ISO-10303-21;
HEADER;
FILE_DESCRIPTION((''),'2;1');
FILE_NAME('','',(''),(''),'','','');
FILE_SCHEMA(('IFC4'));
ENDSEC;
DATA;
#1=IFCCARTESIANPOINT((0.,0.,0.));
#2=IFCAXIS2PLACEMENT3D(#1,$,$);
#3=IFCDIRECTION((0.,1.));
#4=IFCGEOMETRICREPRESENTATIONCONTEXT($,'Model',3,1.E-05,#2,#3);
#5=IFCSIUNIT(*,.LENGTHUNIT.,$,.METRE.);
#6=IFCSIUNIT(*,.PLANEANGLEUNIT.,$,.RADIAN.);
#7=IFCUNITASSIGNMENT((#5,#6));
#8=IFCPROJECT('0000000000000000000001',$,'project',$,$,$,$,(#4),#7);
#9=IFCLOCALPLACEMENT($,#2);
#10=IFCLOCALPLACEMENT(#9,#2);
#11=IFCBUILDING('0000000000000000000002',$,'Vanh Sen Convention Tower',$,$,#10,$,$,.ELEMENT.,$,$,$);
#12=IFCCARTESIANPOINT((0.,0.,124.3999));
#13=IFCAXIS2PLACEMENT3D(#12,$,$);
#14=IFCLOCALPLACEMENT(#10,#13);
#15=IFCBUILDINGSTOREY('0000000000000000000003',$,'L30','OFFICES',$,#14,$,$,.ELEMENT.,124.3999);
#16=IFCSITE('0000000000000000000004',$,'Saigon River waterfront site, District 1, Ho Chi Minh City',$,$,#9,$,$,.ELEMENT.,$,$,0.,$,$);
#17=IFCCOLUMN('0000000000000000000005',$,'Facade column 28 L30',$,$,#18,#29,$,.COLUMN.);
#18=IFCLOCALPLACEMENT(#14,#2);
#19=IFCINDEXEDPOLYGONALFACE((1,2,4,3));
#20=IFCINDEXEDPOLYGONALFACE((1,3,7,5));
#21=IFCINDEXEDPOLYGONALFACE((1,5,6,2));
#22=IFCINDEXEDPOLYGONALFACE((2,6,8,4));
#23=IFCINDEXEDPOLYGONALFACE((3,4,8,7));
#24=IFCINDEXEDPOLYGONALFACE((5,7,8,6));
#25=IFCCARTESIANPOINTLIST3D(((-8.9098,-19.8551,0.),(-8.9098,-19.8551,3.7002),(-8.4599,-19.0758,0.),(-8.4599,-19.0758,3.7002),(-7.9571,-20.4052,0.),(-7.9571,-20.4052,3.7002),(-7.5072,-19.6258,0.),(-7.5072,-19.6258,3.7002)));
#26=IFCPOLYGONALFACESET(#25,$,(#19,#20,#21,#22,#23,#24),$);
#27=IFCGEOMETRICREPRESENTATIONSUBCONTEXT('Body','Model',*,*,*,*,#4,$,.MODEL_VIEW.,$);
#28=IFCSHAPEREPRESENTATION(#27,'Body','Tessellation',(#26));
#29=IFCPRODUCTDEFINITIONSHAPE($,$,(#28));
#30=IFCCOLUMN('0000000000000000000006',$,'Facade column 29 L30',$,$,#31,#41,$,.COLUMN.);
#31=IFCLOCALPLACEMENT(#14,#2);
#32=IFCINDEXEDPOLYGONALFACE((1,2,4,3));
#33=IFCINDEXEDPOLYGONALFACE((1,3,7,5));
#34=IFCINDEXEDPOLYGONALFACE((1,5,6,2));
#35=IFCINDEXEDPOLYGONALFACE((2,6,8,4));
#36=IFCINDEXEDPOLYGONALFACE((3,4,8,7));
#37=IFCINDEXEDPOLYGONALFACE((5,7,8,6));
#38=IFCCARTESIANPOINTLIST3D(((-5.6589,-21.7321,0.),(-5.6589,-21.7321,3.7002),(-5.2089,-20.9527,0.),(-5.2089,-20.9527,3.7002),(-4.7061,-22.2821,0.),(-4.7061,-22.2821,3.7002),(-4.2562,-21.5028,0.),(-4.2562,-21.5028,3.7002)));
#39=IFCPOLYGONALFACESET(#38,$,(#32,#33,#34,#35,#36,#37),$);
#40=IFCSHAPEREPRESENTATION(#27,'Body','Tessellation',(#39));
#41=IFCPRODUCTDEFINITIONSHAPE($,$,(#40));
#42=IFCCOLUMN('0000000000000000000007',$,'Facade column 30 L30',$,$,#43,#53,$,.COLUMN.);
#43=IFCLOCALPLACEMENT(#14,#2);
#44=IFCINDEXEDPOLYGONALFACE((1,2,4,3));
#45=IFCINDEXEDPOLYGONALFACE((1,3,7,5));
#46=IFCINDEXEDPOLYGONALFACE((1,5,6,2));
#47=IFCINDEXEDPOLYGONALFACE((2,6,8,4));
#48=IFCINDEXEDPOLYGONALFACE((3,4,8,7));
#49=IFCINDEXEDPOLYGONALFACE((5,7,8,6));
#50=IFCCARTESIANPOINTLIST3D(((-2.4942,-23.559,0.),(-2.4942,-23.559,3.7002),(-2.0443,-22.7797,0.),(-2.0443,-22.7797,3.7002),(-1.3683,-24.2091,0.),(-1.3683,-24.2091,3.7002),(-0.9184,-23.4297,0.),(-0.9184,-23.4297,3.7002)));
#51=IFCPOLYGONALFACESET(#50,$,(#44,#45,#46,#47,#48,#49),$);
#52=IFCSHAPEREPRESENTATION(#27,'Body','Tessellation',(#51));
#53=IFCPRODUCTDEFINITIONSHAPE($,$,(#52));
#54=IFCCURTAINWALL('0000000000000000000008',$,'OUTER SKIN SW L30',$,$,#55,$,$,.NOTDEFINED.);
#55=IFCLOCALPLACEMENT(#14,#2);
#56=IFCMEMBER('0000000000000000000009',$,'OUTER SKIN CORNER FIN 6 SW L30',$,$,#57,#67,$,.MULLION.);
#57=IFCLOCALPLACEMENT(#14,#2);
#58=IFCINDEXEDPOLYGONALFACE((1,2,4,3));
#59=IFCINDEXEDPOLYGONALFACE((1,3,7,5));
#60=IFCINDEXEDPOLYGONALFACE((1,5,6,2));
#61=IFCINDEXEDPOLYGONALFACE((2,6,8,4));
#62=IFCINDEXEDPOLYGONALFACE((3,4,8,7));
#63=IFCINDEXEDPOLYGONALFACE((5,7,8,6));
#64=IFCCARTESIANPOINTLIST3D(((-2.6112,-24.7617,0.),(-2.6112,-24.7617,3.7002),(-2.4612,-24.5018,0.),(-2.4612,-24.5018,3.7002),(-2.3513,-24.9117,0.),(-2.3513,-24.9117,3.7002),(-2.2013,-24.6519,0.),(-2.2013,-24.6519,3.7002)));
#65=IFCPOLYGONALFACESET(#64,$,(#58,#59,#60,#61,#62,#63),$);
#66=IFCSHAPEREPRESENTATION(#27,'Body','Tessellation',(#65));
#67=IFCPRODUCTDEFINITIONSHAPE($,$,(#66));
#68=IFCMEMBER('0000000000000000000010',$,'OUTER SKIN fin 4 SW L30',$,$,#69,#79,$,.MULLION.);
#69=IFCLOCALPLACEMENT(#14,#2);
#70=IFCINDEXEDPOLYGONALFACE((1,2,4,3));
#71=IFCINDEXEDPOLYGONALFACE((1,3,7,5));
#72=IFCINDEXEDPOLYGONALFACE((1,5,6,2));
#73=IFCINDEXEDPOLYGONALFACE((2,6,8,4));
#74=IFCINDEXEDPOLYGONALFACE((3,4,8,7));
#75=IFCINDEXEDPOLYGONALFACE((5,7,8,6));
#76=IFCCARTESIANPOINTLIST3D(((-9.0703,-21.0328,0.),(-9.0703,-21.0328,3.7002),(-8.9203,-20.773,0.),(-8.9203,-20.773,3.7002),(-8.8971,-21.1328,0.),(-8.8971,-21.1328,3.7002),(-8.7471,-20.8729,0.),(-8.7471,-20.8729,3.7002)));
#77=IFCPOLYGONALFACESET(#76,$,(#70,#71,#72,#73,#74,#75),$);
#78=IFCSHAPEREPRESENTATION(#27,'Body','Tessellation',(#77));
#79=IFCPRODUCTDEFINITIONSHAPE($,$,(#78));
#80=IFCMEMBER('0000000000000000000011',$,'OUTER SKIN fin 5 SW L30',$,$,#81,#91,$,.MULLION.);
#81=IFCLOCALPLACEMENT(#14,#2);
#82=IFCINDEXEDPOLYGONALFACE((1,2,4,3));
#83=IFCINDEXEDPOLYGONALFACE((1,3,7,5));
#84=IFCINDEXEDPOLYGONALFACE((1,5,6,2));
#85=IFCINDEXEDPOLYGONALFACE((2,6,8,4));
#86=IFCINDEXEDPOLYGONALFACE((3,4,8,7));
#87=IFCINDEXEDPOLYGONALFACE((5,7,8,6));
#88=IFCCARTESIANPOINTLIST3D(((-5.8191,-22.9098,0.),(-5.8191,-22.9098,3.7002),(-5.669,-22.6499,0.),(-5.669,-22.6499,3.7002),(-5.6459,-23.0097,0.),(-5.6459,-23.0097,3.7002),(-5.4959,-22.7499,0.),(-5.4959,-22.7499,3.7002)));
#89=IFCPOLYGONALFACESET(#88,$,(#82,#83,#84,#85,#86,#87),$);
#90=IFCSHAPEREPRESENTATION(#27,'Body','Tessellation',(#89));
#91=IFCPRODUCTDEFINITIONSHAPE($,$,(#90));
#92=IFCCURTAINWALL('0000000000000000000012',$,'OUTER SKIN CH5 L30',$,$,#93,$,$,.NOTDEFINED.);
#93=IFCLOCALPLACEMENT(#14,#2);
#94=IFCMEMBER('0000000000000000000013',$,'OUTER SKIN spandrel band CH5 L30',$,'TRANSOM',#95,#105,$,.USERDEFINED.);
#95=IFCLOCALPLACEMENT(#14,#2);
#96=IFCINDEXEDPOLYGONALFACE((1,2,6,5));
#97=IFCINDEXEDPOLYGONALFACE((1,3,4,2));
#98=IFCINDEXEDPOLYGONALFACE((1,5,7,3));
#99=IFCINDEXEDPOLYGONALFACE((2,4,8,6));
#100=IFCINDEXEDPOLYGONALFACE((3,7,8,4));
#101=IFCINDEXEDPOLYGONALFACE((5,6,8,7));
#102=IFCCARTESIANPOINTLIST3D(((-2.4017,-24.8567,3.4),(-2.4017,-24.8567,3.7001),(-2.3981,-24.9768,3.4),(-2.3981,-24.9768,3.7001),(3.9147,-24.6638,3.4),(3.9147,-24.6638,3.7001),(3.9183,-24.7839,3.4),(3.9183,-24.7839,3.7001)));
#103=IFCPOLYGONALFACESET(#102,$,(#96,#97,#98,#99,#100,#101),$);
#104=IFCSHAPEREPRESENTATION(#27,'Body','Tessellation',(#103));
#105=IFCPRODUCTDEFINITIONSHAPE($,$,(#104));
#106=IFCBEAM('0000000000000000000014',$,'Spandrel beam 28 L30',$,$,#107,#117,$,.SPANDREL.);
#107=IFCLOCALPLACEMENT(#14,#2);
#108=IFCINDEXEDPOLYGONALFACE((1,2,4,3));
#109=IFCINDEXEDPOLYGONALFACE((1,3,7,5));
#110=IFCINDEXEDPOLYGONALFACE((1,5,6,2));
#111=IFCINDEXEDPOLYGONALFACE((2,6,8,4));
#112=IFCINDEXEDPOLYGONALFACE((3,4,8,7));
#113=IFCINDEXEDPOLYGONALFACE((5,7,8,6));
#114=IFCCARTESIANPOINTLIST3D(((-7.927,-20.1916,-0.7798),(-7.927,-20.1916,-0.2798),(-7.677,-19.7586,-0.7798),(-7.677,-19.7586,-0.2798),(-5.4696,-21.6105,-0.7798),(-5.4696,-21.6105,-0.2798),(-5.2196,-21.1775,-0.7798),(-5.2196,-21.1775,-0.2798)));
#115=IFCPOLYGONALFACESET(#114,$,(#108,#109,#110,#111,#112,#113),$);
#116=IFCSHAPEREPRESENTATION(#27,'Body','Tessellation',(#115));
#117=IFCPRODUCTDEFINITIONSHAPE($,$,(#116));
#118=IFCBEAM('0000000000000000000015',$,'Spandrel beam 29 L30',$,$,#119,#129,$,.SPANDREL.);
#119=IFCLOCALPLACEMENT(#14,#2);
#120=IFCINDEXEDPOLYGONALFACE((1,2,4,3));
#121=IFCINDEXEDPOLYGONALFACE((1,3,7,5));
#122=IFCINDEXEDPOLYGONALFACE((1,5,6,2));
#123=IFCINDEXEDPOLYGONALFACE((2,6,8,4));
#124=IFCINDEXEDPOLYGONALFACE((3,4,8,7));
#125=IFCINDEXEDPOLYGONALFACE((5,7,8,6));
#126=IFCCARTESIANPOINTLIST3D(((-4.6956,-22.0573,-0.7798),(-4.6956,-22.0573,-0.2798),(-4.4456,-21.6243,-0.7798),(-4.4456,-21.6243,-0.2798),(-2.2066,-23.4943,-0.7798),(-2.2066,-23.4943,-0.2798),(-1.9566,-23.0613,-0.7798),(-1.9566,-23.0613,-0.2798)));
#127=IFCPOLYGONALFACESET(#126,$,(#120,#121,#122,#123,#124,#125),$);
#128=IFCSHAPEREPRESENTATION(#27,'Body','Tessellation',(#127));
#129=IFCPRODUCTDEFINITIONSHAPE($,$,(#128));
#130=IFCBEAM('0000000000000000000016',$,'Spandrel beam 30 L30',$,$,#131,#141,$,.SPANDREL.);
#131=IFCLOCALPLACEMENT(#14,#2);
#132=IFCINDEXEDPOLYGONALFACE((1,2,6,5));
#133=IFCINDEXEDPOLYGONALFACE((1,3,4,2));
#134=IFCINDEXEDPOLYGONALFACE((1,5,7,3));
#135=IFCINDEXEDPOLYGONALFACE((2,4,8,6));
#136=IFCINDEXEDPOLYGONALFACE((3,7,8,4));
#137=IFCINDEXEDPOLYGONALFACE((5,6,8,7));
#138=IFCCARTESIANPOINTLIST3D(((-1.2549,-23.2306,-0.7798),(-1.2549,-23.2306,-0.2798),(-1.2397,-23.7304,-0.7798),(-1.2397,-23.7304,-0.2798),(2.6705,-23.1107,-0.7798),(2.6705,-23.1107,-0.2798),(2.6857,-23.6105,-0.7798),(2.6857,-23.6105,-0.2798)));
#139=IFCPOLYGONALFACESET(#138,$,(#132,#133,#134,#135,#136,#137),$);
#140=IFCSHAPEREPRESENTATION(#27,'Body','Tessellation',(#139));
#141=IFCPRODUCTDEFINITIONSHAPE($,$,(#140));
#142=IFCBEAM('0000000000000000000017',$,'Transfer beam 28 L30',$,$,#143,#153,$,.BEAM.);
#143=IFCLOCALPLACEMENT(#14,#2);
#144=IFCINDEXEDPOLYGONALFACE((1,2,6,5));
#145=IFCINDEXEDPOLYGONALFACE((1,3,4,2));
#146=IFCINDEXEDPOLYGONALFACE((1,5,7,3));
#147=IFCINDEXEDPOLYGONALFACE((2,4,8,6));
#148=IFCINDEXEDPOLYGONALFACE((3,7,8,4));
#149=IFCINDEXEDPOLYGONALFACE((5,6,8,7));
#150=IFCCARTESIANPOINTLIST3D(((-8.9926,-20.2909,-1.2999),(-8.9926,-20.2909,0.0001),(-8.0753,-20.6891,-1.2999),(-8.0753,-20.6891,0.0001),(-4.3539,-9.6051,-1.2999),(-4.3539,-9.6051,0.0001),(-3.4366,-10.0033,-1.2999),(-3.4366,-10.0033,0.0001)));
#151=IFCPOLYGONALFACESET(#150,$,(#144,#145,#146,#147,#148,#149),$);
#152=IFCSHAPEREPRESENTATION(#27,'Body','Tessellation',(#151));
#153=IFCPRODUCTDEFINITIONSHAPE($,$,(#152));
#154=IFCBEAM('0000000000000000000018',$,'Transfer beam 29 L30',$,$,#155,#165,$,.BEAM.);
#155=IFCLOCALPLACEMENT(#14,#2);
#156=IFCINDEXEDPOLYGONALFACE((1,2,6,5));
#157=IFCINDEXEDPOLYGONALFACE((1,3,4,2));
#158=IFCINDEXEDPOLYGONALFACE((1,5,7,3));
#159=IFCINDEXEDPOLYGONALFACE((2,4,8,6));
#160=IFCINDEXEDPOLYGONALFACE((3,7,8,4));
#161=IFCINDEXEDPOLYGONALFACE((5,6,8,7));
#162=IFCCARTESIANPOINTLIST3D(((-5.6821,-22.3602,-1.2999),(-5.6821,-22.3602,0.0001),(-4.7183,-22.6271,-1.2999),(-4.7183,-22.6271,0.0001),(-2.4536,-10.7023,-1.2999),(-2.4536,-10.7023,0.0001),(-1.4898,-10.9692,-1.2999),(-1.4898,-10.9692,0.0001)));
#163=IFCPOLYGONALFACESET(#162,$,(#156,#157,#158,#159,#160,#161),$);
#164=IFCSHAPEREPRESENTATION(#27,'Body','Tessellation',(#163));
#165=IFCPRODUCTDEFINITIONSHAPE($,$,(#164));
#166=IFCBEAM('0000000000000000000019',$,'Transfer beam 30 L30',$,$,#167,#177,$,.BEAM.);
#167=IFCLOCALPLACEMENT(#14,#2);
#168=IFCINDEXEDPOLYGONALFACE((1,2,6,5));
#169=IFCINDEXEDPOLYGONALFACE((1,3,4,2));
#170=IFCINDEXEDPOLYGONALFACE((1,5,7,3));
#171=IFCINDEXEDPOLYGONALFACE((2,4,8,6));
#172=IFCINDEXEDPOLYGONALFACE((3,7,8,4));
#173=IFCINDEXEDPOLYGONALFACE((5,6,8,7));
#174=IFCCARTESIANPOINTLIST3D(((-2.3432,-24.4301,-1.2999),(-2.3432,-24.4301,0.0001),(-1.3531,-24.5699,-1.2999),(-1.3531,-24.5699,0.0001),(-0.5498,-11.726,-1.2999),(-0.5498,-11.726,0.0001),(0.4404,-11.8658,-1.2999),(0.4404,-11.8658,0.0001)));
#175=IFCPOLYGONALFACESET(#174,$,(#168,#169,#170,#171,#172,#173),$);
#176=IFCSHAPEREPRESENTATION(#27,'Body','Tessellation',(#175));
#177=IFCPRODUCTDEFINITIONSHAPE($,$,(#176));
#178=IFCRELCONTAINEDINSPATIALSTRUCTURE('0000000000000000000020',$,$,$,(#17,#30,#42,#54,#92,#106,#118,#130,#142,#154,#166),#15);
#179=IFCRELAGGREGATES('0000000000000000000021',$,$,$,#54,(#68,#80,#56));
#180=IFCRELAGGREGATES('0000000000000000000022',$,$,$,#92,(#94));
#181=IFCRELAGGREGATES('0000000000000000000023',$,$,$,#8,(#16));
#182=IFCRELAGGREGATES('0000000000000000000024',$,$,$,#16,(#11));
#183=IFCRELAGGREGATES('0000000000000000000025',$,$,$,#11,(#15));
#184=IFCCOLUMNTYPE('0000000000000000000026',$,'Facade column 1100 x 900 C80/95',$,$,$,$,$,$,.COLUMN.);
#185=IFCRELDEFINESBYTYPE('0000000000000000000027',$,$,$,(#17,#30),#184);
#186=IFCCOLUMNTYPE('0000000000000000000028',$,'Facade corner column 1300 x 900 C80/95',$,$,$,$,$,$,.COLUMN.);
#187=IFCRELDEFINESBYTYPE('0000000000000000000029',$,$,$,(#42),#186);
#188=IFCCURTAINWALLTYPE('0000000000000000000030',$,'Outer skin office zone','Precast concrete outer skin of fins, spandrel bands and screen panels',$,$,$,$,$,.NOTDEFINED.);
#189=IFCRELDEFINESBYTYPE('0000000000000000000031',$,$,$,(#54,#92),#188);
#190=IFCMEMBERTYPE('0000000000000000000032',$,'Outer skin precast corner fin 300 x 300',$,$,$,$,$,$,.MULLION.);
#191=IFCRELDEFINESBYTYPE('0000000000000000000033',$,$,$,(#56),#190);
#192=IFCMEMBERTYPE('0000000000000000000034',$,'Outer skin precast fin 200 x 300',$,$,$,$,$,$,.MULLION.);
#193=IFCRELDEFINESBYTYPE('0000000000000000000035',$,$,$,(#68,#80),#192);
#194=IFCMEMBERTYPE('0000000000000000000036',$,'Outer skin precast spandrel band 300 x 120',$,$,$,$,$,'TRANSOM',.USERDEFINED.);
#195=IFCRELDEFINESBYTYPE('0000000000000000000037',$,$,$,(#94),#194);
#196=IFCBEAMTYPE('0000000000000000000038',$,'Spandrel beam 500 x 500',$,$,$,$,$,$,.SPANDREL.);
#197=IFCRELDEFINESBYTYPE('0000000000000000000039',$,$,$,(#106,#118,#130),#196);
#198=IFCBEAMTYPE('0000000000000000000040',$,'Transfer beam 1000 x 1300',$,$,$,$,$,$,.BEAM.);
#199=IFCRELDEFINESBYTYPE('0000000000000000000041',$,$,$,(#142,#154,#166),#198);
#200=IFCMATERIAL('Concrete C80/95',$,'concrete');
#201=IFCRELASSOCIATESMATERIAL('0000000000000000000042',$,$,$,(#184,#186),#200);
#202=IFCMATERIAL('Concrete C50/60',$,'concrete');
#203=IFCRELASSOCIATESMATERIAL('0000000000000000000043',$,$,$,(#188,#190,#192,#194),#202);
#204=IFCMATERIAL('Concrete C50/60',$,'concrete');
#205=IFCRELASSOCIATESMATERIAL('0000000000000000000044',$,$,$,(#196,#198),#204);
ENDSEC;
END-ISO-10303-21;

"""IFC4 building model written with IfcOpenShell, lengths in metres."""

from ifc_helpers import new_model, si_unit, direction, frame, origin, origin_2d, place, context, subcontext, project, spatial, rectangle, extrude, material, material_profile, profile_set, type_object, element, aggregate, save


model = new_model("IFC4")

# Units and contexts
model_context = context("Model", 3, precision=1e-05, world=origin(), true_north=direction((0.0, 1.0)))
body_context = subcontext(model_context, "Body", "Model", "MODEL_VIEW")
ifc_project = project(units=[si_unit("LENGTHUNIT", "METRE"), si_unit("PLANEANGLEUNIT", "RADIAN")], contexts=[model_context])

# Site, building, storey
site_placement = place(None, origin())
site = spatial("IfcSite", under=ifc_project, at=site_placement, Name="Saigon River waterfront site, District 1, Ho Chi Minh City", CompositionType="ELEMENT", RefElevation=0.0)
building_placement = place(site_placement, origin())
building = spatial("IfcBuilding", under=site, at=building_placement, Name="Vanh Sen Convention Tower", CompositionType="ELEMENT")
storey_placement = place(building_placement, frame((0.0, 0.0, 124.3999)))
storey = spatial("IfcBuildingStorey", under=building, at=storey_placement, Name="L30", Description="OFFICES", CompositionType="ELEMENT", Elevation=124.3999)

# Columns
ifc_material_1 = material(Name="Concrete C80/95", Category="concrete")
ifc_material_profile_1 = material_profile(ifc_material_1, rectangle(XDim=1.1001, YDim=0.8999, at=origin_2d()), Name="RC 1100X900")
ifc_profile_set_1 = profile_set([ifc_material_profile_1], Name="Concrete C80/95")
column_type_1 = type_object("IfcColumnType", Name="Facade column 1100 x 900 C80/95", PredefinedType="COLUMN", material=ifc_profile_set_1)
for number, where, z_axis, x_axis, name in (
    (1, (-8.2085, -19.7405, 0.0), (0.0, 0.0, 1.0), (0.866025, -0.5, 0.0), "Facade column 28 L30"),
    (2, (-4.9575, -21.6174, 0.0), (0.0, 0.0, 1.0), (0.866025, -0.5, 0.0), "Facade column 29 L30"),
):
    element("IfcColumn", number, at=place(storey_placement, frame(where, z_axis=z_axis, x_axis=x_axis)), inside=storey, type_object=column_type_1, Name=name, PredefinedType="COLUMN", context=body_context, shape_type="SweptSolid", body=[
        extrude(rectangle(XDim=1.1001, YDim=0.8999, at=origin_2d()), origin(), (0.0, 0.0, 1.0), 3.7002),
    ])
ifc_material_profile_2 = material_profile(ifc_material_1, rectangle(XDim=1.3, YDim=0.8999, at=origin_2d()), Name="RC 1300X900")
ifc_profile_set_2 = profile_set([ifc_material_profile_2], Name="Concrete C80/95")
column_type_2 = type_object("IfcColumnType", Name="Facade corner column 1300 x 900 C80/95", PredefinedType="COLUMN", material=ifc_profile_set_2)
column_placement = place(storey_placement, frame((-1.7063, -23.4944, 0.0), z_axis=(0.0, 0.0, 1.0), x_axis=(0.866025, -0.5, 0.0)))
element("IfcColumn", 3, at=column_placement, inside=storey, type_object=column_type_2, Name="Facade column 30 L30", PredefinedType="COLUMN", context=body_context, shape_type="SweptSolid", body=[
    extrude(rectangle(XDim=1.3, YDim=0.8999, at=origin_2d()), origin(), (0.0, 0.0, 1.0), 3.7002),
])

# Curtain wall, members
ifc_material_2 = material(Name="Concrete C50/60", Category="concrete")
curtain_wall_type = type_object("IfcCurtainWallType", Name="Outer skin office zone", Description="Precast concrete outer skin of fins, spandrel bands and screen panels", PredefinedType="NOTDEFINED", material=ifc_material_2)
curtain_wall_1_placement = place(storey_placement, origin())
curtain_wall_1 = element("IfcCurtainWall", 4, at=curtain_wall_1_placement, inside=storey, type_object=curtain_wall_type, Name="OUTER SKIN SW L30", PredefinedType="NOTDEFINED")
ifc_material_profile_3 = material_profile(ifc_material_2, rectangle(XDim=0.3, YDim=0.3, at=origin_2d()), Name="Outer skin precast corner fin 300 x 300")
ifc_profile_set_3 = profile_set([ifc_material_profile_3], Name="Concrete C50/60")
member_type_1 = type_object("IfcMemberType", Name="Outer skin precast corner fin 300 x 300", PredefinedType="MULLION", material=ifc_profile_set_3)
member_1_placement = place(storey_placement, frame((-2.4062, -24.7068, 0.0), z_axis=(0.0, 0.0, 1.0), x_axis=(0.866025, -0.5, 0.0)))
member_1 = element("IfcMember", 5, at=member_1_placement, type_object=member_type_1, Name="OUTER SKIN CORNER FIN 6 SW L30", PredefinedType="MULLION", context=body_context, shape_type="SweptSolid", body=[
    extrude(rectangle(XDim=0.3, YDim=0.3, at=origin_2d()), origin(), (0.0, 0.0, 1.0), 3.7002),
])
ifc_material_profile_4 = material_profile(ifc_material_2, rectangle(XDim=0.2, YDim=0.3, at=origin_2d()), Name="Outer skin precast fin 200 x 300")
ifc_profile_set_4 = profile_set([ifc_material_profile_4], Name="Concrete C50/60")
member_type_2 = type_object("IfcMemberType", Name="Outer skin precast fin 200 x 300", PredefinedType="MULLION", material=ifc_profile_set_4)
member_2_placement = place(storey_placement, frame((-8.9087, -20.9529, 0.0), z_axis=(0.0, 0.0, 1.0), x_axis=(0.866025, -0.5, 0.0)))
member_2 = element("IfcMember", 6, at=member_2_placement, type_object=member_type_2, Name="OUTER SKIN fin 4 SW L30", PredefinedType="MULLION", context=body_context, shape_type="SweptSolid", body=[
    extrude(rectangle(XDim=0.2, YDim=0.3, at=origin_2d()), origin(), (0.0, 0.0, 1.0), 3.7002),
])
member_3_placement = place(storey_placement, frame((-5.6575, -22.8298, 0.0), z_axis=(0.0, 0.0, 1.0), x_axis=(0.866025, -0.5, 0.0)))
member_3 = element("IfcMember", 7, at=member_3_placement, type_object=member_type_2, Name="OUTER SKIN fin 5 SW L30", PredefinedType="MULLION", context=body_context, shape_type="SweptSolid", body=[
    extrude(rectangle(XDim=0.2, YDim=0.3, at=origin_2d()), origin(), (0.0, 0.0, 1.0), 3.7002),
])

# Curtain wall, member
curtain_wall_2_placement = place(storey_placement, origin())
curtain_wall_2 = element("IfcCurtainWall", 8, at=curtain_wall_2_placement, inside=storey, type_object=curtain_wall_type, Name="OUTER SKIN CH5 L30", PredefinedType="NOTDEFINED")
ifc_material_profile_5 = material_profile(ifc_material_2, rectangle(XDim=0.1201, YDim=0.3, at=origin_2d()), Name="Outer skin precast spandrel band 300 x 120")
ifc_profile_set_5 = profile_set([ifc_material_profile_5], Name="Concrete C50/60")
member_type_3 = type_object("IfcMemberType", Name="Outer skin precast spandrel band 300 x 120", ElementType="TRANSOM", PredefinedType="USERDEFINED", material=ifc_profile_set_5)
member_4_placement = place(storey_placement, frame((-2.3999, -24.9167, 3.55), z_axis=(0.999534, 0.030521, 0.0), x_axis=(-0.030521, 0.999534, 0.0)))
member_4 = element("IfcMember", 9, at=member_4_placement, type_object=member_type_3, Name="OUTER SKIN spandrel band CH5 L30", ObjectType="TRANSOM", PredefinedType="USERDEFINED", context=body_context, shape_type="SweptSolid", body=[
    extrude(rectangle(XDim=0.1201, YDim=0.3, at=origin_2d()), origin(), (0.0, 0.0, 1.0), 6.3193),
])

# Beams
ifc_material_3 = material(Name="Concrete C50/60", Category="concrete")
ifc_material_profile_6 = material_profile(ifc_material_3, rectangle(XDim=0.5, YDim=0.5, at=origin_2d()), Name="RC 500X500")
ifc_profile_set_6 = profile_set([ifc_material_profile_6], Name="Concrete C50/60")
beam_type_1 = type_object("IfcBeamType", Name="Spandrel beam 500 x 500", PredefinedType="SPANDREL", material=ifc_profile_set_6)
beam_1_placement = place(storey_placement, frame((-7.802, -19.9751, -0.5298), z_axis=(0.866011, -0.500025, 0.0), x_axis=(0.500025, 0.866011, 0.0)))
element("IfcBeam", 10, at=beam_1_placement, inside=storey, type_object=beam_type_1, Name="Spandrel beam 28 L30", PredefinedType="SPANDREL", context=body_context, shape_type="SweptSolid", body=[
    extrude(rectangle(XDim=0.5, YDim=0.5, at=origin_2d()), origin(), (0.0, 0.0, 1.0), 2.8376),
])
beam_2_placement = place(storey_placement, frame((-4.5706, -21.8408, -0.5298), z_axis=(0.866029, -0.499995, 0.0), x_axis=(0.499995, 0.866029, 0.0)))
element("IfcBeam", 11, at=beam_2_placement, inside=storey, type_object=beam_type_1, Name="Spandrel beam 29 L30", PredefinedType="SPANDREL", context=body_context, shape_type="SweptSolid", body=[
    extrude(rectangle(XDim=0.5, YDim=0.5, at=origin_2d()), origin(), (0.0, 0.0, 1.0), 2.874),
])
beam_3_placement = place(storey_placement, frame((-1.2473, -23.4805, -0.5298), z_axis=(0.999534, 0.030522, 0.0), x_axis=(-0.030522, 0.999534, 0.0)))
element("IfcBeam", 12, at=beam_3_placement, inside=storey, type_object=beam_type_1, Name="Spandrel beam 30 L30", PredefinedType="SPANDREL", context=body_context, shape_type="SweptSolid", body=[
    extrude(rectangle(XDim=0.5, YDim=0.5, at=origin_2d()), origin(), (0.0, 0.0, 1.0), 3.9272),
])
ifc_material_profile_7 = material_profile(ifc_material_3, rectangle(XDim=1.0, YDim=1.3, at=origin_2d()), Name="RC 1000X1300")
ifc_profile_set_7 = profile_set([ifc_material_profile_7], Name="Concrete C50/60")
beam_type_2 = type_object("IfcBeamType", Name="Transfer beam 1000 x 1300", PredefinedType="BEAM", material=ifc_profile_set_7)
beam_4_placement = place(storey_placement, frame((-8.5339, -20.49, -0.6499), z_axis=(0.398197, 0.9173, 0.0), x_axis=(-0.9173, 0.398197, 0.0)))
element("IfcBeam", 13, at=beam_4_placement, inside=storey, type_object=beam_type_2, Name="Transfer beam 28 L30", PredefinedType="BEAM", context=body_context, shape_type="SweptSolid", body=[
    extrude(rectangle(XDim=1.0, YDim=1.3, at=origin_2d()), origin(), (0.0, 0.0, 1.0), 11.6492),
])
beam_5_placement = place(storey_placement, frame((-5.2002, -22.4937, -0.6499), z_axis=(0.266891, 0.963727, 0.0), x_axis=(-0.963727, 0.266891, 0.0)))
element("IfcBeam", 14, at=beam_5_placement, inside=storey, type_object=beam_type_2, Name="Transfer beam 29 L30", PredefinedType="BEAM", context=body_context, shape_type="SweptSolid", body=[
    extrude(rectangle(XDim=1.0, YDim=1.3, at=origin_2d()), origin(), (0.0, 0.0, 1.0), 12.0967),
])
beam_6_placement = place(storey_placement, frame((-1.8481, -24.5, -0.6499), z_axis=(0.139785, 0.990182, 0.0), x_axis=(-0.990182, 0.139785, 0.0)))
element("IfcBeam", 15, at=beam_6_placement, inside=storey, type_object=beam_type_2, Name="Transfer beam 30 L30", PredefinedType="BEAM", context=body_context, shape_type="SweptSolid", body=[
    extrude(rectangle(XDim=1.0, YDim=1.3, at=origin_2d()), origin(), (0.0, 0.0, 1.0), 12.8301),
])

aggregate(curtain_wall_1, [member_2, member_3, member_1])
aggregate(curtain_wall_2, [member_4])

save(model, "model.ifc")
